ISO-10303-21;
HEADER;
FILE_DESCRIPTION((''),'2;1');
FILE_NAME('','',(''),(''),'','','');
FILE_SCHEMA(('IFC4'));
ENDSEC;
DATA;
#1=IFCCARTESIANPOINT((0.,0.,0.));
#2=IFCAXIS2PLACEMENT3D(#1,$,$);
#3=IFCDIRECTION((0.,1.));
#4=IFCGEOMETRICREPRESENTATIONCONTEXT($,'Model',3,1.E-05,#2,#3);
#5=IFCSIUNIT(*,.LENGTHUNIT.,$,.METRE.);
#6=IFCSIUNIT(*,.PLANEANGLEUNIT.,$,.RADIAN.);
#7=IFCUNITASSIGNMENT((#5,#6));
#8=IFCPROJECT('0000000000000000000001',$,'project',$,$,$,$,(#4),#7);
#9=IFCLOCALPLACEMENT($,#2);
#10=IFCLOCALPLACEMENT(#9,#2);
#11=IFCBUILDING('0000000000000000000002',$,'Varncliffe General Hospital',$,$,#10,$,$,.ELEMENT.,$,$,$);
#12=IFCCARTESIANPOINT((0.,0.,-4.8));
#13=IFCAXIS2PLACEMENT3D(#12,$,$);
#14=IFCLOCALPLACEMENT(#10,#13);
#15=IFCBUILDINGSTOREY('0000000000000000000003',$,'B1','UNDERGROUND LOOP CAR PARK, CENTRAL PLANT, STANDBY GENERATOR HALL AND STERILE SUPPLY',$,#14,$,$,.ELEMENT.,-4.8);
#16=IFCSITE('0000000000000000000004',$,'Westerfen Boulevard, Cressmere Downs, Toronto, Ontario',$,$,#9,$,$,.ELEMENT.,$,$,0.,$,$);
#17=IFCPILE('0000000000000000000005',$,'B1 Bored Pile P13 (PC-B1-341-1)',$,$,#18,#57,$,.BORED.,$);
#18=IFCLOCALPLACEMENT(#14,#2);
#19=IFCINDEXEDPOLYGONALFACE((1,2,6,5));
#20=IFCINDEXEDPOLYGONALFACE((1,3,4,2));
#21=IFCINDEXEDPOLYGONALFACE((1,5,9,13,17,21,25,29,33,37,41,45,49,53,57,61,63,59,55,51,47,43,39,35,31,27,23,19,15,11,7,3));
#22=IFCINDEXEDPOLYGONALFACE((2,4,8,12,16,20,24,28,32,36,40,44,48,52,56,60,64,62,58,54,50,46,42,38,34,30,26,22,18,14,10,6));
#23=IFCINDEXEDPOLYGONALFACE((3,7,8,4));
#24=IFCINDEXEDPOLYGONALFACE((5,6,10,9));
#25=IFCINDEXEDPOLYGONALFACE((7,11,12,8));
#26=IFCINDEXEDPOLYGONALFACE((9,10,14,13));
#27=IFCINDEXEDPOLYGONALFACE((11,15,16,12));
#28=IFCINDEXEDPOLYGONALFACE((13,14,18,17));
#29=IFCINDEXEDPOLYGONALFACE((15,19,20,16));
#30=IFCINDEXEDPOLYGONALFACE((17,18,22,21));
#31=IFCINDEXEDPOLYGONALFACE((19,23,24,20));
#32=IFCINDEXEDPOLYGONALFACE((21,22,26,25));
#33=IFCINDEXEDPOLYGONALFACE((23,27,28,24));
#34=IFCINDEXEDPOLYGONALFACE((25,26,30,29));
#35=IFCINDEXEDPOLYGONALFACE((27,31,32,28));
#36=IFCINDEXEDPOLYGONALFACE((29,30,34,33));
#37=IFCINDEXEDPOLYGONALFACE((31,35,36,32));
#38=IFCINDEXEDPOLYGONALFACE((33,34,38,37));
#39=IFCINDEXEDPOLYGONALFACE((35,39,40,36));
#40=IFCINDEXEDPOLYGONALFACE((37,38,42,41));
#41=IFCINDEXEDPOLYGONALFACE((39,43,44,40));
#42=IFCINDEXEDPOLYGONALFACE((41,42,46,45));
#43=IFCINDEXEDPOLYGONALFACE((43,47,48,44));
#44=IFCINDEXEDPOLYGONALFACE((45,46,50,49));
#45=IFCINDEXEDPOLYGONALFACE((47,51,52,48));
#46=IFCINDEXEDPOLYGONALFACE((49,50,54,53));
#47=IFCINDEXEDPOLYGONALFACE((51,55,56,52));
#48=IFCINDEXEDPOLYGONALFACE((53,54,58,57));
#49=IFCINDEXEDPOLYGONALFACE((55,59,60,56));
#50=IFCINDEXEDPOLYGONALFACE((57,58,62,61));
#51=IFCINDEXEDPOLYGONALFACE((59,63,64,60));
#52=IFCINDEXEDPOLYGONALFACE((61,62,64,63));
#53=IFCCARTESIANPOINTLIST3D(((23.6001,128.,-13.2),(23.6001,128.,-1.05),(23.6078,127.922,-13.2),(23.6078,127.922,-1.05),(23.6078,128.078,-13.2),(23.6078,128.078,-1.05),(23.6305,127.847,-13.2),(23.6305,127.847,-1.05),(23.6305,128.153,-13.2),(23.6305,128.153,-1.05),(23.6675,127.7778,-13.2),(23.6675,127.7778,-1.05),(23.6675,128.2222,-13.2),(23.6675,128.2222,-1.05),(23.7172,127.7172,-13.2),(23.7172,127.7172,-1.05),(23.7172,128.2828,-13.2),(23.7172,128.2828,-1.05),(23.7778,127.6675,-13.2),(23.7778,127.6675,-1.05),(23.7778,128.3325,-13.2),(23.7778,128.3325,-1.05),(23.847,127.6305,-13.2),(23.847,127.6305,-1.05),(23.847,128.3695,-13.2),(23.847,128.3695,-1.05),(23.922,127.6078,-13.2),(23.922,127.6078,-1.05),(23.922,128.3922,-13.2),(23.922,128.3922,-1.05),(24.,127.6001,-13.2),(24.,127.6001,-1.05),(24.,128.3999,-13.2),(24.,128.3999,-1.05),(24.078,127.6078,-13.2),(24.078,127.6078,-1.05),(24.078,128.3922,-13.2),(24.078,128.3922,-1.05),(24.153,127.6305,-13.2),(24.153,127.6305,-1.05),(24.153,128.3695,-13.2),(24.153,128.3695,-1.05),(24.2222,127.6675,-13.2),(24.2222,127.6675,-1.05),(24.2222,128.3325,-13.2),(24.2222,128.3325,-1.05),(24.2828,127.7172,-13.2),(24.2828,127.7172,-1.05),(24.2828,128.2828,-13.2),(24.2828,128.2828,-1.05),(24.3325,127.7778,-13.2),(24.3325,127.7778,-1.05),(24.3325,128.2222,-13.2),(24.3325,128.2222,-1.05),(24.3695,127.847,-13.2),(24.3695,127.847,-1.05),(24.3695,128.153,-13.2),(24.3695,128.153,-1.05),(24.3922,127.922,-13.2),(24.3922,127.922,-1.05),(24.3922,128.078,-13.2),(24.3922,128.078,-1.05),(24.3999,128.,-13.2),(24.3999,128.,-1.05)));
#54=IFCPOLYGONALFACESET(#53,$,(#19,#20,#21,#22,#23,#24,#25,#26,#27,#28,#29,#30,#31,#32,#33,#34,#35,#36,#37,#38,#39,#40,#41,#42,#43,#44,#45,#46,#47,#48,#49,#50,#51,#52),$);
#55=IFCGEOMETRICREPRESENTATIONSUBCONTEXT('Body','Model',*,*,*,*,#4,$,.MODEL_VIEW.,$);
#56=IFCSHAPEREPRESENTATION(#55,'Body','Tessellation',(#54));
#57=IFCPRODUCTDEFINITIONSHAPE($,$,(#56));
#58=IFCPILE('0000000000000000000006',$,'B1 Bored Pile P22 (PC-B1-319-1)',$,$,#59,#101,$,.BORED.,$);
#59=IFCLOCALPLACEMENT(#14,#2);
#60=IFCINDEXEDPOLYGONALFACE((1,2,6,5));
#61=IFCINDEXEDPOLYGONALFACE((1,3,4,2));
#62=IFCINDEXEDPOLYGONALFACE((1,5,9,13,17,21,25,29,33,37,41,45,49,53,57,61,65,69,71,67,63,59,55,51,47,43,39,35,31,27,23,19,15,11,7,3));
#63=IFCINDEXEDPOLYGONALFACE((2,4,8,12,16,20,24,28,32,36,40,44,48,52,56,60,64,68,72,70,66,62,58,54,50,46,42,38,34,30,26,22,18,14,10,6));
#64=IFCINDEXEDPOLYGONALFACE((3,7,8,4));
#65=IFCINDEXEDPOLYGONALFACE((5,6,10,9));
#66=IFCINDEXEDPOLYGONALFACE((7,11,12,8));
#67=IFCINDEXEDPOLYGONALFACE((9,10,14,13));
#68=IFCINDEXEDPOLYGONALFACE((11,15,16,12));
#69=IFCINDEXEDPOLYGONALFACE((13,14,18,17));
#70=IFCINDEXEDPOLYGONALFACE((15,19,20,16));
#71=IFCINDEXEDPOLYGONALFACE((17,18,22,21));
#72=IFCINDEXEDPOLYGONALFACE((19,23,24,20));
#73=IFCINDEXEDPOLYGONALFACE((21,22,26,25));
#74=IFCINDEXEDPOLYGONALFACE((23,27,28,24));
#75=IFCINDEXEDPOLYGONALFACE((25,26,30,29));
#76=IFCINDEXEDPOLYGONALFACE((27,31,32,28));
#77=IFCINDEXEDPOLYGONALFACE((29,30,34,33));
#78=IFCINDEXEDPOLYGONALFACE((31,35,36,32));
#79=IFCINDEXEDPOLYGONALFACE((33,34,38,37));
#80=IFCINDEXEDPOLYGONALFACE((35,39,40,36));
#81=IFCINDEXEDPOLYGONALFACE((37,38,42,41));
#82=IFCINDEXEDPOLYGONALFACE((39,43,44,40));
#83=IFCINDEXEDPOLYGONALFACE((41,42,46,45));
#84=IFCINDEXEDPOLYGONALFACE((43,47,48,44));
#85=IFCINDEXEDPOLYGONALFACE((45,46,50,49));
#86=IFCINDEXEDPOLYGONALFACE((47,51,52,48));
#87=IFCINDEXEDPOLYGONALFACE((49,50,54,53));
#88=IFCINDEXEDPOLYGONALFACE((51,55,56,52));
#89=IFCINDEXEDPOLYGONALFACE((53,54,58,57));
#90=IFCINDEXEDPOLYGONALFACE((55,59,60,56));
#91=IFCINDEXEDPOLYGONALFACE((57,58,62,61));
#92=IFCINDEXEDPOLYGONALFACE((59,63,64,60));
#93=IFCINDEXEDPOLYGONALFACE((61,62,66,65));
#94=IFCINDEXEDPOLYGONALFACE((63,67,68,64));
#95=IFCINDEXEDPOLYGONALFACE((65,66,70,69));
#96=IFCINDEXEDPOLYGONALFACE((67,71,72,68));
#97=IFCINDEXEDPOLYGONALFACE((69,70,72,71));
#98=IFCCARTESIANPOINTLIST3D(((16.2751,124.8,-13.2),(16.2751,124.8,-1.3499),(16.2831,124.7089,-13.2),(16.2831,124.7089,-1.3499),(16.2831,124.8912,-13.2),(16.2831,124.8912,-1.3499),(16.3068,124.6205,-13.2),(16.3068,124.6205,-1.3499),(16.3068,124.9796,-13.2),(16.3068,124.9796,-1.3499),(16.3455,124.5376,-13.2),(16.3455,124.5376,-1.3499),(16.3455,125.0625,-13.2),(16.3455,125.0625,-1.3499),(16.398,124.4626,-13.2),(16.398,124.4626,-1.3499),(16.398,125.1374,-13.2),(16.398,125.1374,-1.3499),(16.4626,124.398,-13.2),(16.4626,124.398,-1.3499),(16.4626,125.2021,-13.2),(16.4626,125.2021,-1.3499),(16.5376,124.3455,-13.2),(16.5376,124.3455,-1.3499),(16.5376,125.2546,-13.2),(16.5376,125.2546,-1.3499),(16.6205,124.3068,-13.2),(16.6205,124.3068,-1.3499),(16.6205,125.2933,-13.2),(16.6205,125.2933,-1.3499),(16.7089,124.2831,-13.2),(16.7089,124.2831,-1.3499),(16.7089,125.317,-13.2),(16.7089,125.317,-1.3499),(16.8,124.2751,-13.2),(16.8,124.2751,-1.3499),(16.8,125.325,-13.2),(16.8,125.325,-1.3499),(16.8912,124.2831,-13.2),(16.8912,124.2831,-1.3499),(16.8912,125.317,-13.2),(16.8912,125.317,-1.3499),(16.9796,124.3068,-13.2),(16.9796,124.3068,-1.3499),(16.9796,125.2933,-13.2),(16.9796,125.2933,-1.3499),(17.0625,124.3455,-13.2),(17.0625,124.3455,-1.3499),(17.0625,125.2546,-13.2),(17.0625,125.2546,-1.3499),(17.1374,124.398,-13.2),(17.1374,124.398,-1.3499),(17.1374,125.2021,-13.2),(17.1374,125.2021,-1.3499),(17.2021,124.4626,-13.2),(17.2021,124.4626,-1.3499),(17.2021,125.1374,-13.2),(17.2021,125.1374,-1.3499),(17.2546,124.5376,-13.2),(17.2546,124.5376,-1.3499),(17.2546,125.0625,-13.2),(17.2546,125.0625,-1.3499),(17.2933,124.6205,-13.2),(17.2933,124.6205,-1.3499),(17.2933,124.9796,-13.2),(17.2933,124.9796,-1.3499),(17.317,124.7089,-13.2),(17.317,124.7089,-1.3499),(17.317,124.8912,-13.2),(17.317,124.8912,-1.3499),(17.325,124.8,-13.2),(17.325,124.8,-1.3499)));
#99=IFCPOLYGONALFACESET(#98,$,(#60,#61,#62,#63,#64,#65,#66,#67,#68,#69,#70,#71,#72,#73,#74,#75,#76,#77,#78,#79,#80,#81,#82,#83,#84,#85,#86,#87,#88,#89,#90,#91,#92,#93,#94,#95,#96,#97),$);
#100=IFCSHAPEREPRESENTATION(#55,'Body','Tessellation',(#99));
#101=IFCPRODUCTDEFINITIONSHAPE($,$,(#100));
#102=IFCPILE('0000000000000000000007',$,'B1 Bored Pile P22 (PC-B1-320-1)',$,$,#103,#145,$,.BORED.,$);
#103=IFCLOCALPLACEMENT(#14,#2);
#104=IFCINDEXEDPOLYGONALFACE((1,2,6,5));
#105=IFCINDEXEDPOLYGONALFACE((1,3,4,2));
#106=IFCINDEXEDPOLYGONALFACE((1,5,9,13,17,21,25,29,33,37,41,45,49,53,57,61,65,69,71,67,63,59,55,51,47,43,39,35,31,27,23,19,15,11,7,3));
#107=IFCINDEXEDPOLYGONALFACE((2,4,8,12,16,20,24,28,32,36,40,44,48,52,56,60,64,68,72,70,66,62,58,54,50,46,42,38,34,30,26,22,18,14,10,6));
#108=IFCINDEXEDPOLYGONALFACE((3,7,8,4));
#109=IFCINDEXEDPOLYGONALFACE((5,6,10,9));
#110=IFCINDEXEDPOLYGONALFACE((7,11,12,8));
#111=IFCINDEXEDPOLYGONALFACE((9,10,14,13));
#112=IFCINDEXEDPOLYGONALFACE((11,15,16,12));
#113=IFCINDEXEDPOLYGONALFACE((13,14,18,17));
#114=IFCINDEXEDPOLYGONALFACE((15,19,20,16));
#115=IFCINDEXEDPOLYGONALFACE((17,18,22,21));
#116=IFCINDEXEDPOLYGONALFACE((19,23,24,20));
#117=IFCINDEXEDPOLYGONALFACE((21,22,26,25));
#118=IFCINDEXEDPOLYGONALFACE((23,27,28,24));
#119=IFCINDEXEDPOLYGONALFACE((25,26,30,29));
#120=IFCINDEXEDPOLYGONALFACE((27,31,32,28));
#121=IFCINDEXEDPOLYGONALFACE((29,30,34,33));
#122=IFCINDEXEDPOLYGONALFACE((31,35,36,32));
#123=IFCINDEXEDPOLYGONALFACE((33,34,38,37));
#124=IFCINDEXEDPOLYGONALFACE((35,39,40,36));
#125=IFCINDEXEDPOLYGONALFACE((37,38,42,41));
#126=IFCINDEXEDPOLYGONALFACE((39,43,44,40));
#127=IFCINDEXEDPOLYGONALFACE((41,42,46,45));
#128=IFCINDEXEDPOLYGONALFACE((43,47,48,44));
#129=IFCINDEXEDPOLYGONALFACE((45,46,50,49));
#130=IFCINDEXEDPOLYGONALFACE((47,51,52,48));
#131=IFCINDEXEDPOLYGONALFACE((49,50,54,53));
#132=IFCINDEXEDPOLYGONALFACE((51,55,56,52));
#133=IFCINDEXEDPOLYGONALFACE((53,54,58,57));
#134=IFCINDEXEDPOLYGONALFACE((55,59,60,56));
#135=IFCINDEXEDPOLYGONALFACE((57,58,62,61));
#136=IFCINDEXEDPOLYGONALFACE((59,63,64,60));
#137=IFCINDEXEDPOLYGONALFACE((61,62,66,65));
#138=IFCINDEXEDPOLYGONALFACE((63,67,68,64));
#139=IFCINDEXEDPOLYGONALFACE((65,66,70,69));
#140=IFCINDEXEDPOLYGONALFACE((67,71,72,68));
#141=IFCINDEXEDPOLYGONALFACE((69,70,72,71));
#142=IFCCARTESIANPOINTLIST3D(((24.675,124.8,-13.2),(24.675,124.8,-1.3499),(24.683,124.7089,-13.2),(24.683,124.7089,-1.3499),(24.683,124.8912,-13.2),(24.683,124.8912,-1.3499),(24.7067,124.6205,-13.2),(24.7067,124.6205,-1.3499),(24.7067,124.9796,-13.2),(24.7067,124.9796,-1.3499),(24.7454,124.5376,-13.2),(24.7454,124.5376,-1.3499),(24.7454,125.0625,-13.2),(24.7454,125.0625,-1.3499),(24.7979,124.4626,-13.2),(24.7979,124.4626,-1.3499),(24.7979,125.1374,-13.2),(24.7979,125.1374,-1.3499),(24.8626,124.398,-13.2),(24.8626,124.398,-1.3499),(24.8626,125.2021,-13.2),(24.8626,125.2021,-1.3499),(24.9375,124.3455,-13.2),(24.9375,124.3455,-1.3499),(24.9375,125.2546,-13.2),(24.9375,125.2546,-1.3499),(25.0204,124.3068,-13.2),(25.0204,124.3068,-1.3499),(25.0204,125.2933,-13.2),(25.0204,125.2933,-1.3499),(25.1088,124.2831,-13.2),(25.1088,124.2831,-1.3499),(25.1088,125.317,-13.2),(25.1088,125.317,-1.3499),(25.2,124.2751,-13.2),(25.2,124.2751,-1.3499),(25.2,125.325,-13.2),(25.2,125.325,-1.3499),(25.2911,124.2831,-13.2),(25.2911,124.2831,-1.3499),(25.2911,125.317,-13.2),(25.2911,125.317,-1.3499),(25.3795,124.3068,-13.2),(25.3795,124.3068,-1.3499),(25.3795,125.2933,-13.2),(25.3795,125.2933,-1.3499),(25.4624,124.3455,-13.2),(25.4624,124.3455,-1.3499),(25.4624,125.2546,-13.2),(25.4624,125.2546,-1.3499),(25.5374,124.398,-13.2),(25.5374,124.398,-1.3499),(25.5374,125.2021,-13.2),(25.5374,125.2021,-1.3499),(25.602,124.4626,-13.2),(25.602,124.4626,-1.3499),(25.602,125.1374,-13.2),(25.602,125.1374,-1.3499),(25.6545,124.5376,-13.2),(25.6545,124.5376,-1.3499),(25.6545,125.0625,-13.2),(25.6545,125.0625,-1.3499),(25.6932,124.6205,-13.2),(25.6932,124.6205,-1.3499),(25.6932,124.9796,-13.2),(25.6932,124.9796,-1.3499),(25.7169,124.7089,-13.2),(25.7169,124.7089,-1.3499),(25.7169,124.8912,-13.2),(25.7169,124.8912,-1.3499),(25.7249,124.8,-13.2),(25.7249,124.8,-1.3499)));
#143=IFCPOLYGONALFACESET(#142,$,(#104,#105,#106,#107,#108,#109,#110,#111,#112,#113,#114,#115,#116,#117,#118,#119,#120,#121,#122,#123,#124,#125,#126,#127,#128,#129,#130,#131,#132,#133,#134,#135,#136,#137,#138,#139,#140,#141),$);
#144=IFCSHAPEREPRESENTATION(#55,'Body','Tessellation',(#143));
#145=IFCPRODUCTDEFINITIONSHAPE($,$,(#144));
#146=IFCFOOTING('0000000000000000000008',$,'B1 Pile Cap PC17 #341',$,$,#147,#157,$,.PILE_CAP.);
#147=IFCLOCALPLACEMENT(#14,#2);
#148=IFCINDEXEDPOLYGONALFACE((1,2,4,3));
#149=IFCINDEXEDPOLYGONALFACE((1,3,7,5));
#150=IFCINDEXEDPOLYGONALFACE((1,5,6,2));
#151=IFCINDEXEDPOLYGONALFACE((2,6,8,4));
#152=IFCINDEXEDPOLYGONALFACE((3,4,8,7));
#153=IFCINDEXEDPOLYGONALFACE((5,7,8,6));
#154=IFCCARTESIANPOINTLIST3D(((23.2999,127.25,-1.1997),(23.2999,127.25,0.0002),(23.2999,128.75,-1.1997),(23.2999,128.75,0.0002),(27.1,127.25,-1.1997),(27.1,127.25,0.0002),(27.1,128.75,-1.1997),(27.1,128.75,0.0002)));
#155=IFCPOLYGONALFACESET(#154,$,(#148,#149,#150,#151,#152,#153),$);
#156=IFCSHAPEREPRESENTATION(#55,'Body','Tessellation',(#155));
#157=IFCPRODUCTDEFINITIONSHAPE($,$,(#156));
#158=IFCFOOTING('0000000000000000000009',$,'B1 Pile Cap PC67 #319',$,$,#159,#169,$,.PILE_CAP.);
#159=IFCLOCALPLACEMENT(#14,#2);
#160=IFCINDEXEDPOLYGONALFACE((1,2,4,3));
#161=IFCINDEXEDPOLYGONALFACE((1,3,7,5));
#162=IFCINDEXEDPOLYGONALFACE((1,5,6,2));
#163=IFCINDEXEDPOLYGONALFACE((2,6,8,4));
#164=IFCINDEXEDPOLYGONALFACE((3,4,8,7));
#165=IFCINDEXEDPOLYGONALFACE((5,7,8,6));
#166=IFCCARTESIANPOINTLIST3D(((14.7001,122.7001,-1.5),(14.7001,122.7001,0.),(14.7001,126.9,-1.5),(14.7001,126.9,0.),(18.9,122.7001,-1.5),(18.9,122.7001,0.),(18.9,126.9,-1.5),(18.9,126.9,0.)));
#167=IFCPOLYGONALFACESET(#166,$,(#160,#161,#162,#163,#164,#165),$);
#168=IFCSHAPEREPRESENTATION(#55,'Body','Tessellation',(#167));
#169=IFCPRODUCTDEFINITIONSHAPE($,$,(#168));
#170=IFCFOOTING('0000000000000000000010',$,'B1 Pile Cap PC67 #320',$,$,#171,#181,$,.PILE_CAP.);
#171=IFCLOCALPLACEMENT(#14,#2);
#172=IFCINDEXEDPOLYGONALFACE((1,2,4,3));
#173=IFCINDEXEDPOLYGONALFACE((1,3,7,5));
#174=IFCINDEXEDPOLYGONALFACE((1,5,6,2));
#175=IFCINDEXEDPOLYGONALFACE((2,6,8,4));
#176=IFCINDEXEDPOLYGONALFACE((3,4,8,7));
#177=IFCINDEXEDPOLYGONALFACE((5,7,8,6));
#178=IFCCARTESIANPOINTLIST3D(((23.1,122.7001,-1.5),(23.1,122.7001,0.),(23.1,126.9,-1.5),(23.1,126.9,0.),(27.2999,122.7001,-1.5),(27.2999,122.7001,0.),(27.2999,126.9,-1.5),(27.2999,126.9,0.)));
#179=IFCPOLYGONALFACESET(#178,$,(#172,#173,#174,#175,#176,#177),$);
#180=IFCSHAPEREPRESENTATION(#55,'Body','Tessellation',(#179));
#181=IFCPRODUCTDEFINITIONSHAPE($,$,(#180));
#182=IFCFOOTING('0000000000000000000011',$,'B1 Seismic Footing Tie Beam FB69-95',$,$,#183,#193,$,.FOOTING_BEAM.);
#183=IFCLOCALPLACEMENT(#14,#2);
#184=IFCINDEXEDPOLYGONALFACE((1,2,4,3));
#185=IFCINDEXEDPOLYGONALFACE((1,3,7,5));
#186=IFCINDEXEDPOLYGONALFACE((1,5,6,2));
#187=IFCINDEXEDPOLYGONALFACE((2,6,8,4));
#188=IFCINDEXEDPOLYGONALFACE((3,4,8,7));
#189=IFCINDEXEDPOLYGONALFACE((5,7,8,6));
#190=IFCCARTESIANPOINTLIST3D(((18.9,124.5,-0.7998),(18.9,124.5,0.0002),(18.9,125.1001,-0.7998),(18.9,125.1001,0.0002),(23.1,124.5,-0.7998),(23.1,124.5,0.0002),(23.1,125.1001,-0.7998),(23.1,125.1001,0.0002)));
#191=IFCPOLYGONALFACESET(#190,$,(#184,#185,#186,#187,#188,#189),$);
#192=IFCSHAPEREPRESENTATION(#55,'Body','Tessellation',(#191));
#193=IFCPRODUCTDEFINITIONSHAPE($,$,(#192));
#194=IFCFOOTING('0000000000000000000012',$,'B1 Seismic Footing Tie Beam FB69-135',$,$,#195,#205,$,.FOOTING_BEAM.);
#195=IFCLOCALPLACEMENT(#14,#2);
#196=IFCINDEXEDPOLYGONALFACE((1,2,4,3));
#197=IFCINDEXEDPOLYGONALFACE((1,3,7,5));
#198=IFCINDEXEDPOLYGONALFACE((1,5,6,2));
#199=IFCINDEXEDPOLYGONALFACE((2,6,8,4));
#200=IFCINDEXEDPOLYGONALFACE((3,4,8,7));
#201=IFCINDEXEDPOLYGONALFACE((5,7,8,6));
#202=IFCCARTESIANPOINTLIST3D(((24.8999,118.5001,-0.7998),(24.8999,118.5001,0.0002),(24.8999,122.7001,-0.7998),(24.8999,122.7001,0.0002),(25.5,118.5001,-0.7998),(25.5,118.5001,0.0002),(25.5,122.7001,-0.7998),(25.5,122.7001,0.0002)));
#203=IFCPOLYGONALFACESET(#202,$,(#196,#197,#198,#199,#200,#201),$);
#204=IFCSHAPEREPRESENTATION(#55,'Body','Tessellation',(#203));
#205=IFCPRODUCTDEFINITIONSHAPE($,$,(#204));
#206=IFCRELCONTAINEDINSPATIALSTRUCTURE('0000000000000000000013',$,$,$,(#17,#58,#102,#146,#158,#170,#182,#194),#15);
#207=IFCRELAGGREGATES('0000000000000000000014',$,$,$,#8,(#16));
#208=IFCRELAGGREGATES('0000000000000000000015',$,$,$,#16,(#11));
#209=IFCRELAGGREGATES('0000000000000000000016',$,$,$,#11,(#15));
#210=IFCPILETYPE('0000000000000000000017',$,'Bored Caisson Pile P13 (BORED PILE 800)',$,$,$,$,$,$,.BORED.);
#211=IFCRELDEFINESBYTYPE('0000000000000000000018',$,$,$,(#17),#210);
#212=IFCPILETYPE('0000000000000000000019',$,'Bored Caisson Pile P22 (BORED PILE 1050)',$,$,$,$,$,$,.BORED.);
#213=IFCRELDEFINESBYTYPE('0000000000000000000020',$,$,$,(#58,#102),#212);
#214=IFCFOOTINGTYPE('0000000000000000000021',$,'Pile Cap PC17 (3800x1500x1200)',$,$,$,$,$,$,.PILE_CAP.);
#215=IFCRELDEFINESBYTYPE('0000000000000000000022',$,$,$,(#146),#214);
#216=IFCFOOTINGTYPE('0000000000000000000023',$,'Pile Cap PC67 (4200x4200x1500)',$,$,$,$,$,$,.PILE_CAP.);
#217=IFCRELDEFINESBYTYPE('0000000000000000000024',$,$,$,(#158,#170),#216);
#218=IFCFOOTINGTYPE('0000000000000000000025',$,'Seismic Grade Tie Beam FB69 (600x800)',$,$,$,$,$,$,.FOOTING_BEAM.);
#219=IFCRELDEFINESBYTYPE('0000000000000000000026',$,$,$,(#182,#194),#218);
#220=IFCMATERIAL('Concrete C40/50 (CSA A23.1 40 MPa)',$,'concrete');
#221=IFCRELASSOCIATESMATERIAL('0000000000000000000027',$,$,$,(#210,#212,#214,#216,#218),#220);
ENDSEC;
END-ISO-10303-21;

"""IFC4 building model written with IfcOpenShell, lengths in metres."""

from ifc_helpers import new_model, si_unit, direction, frame, origin, origin_2d, place, context, subcontext, project, spatial, rectangle, circle, extrude, material, material_profile, profile_set, type_object, element, save


model = new_model("IFC4")

# Units and contexts
model_context = context("Model", 3, precision=1e-05, world=origin(), true_north=direction((0.0, 1.0)))
body_context = subcontext(model_context, "Body", "Model", "MODEL_VIEW")
ifc_project = project(units=[si_unit("LENGTHUNIT", "METRE"), si_unit("PLANEANGLEUNIT", "RADIAN")], contexts=[model_context])

# Site, building, storey
site_placement = place(None, origin())
site = spatial("IfcSite", under=ifc_project, at=site_placement, Name="Westerfen Boulevard, Cressmere Downs, Toronto, Ontario", CompositionType="ELEMENT", RefElevation=0.0)
building_placement = place(site_placement, origin())
building = spatial("IfcBuilding", under=site, at=building_placement, Name="Varncliffe General Hospital", CompositionType="ELEMENT")
storey_placement = place(building_placement, frame((0.0, 0.0, -4.8)))
storey = spatial("IfcBuildingStorey", under=building, at=storey_placement, Name="B1", Description="UNDERGROUND LOOP CAR PARK, CENTRAL PLANT, STANDBY GENERATOR HALL AND STERILE SUPPLY", CompositionType="ELEMENT", Elevation=-4.8)

# Piles
ifc_material_1 = material(Name="Concrete C40/50 (CSA A23.1 40 MPa)", Category="concrete")
ifc_material_profile_1 = material_profile(ifc_material_1, circle(Radius=0.3999, at=origin_2d()), Name="BORED PILE 800")
ifc_profile_set_1 = profile_set([ifc_material_profile_1], Name="Concrete C40/50 (CSA A23.1 40 MPa)")
pile_type_1 = type_object("IfcPileType", Name="Bored Caisson Pile P13 (BORED PILE 800)", PredefinedType="BORED", material=ifc_profile_set_1)
pile_placement = place(storey_placement, frame((24.0, 128.0, -1.05), z_axis=(0.0, 0.0, -1.0), x_axis=(1.0, 0.0, 0.0)))
element("IfcPile", 1, at=pile_placement, inside=storey, type_object=pile_type_1, Name="B1 Bored Pile P13 (PC-B1-341-1)", PredefinedType="BORED", context=body_context, shape_type="SweptSolid", body=[
    extrude(circle(Radius=0.3999, at=origin_2d()), origin(), (0.0, 0.0, 1.0), 12.1499),
])
ifc_material_profile_2 = material_profile(ifc_material_1, circle(Radius=0.5249, at=origin_2d()), Name="BORED PILE 1050")
ifc_profile_set_2 = profile_set([ifc_material_profile_2], Name="Concrete C40/50 (CSA A23.1 40 MPa)")
pile_type_2 = type_object("IfcPileType", Name="Bored Caisson Pile P22 (BORED PILE 1050)", PredefinedType="BORED", material=ifc_profile_set_2)
for number, where, z_axis, x_axis, name in (
    (2, (16.8, 124.8, -1.3499), (0.0, 0.0, -1.0), (1.0, 0.0, 0.0), "B1 Bored Pile P22 (PC-B1-319-1)"),
    (3, (25.2, 124.8, -1.3499), (0.0, 0.0, -1.0), (1.0, 0.0, 0.0), "B1 Bored Pile P22 (PC-B1-320-1)"),
):
    element("IfcPile", number, at=place(storey_placement, frame(where, z_axis=z_axis, x_axis=x_axis)), inside=storey, type_object=pile_type_2, Name=name, PredefinedType="BORED", context=body_context, shape_type="SweptSolid", body=[
        extrude(circle(Radius=0.5249, at=origin_2d()), origin(), (0.0, 0.0, 1.0), 11.8501),
    ])

# Footings
footing_type_1 = type_object("IfcFootingType", Name="Pile Cap PC17 (3800x1500x1200)", PredefinedType="PILE_CAP", material=ifc_material_1)
footing_1_placement = place(storey_placement, frame((25.2, 128.0, -1.1997), z_axis=(0.0, 0.0, 1.0), x_axis=(1.0, 0.0, 0.0)))
element("IfcFooting", 4, at=footing_1_placement, inside=storey, type_object=footing_type_1, Name="B1 Pile Cap PC17 #341", PredefinedType="PILE_CAP", context=body_context, shape_type="SweptSolid", body=[
    extrude(rectangle(XDim=3.8, YDim=1.5, at=origin_2d()), origin(), (0.0, 0.0, 1.0), 1.2),
])
footing_type_2 = type_object("IfcFootingType", Name="Pile Cap PC67 (4200x4200x1500)", PredefinedType="PILE_CAP", material=ifc_material_1)
for number, where, z_axis, x_axis, name in (
    (5, (16.8, 124.8, -1.5), (0.0, 0.0, 1.0), (1.0, 0.0, 0.0), "B1 Pile Cap PC67 #319"),
    (6, (25.2, 124.8, -1.5), (0.0, 0.0, 1.0), (1.0, 0.0, 0.0), "B1 Pile Cap PC67 #320"),
):
    element("IfcFooting", number, at=place(storey_placement, frame(where, z_axis=z_axis, x_axis=x_axis)), inside=storey, type_object=footing_type_2, Name=name, PredefinedType="PILE_CAP", context=body_context, shape_type="SweptSolid", body=[
        extrude(rectangle(XDim=4.2, YDim=4.2, at=origin_2d()), origin(), (0.0, 0.0, 1.0), 1.5),
    ])
footing_type_3 = type_object("IfcFootingType", Name="Seismic Grade Tie Beam FB69 (600x800)", PredefinedType="FOOTING_BEAM", material=ifc_material_1)
footing_2_placement = place(storey_placement, frame((21.0, 124.8, -0.7998), z_axis=(0.0, 0.0, 1.0), x_axis=(1.0, 0.0, 0.0)))
element("IfcFooting", 7, at=footing_2_placement, inside=storey, type_object=footing_type_3, Name="B1 Seismic Footing Tie Beam FB69-95", PredefinedType="FOOTING_BEAM", context=body_context, shape_type="SweptSolid", body=[
    extrude(rectangle(XDim=4.2, YDim=0.6001, at=origin_2d()), origin(), (0.0, 0.0, 1.0), 0.8),
])
footing_3_placement = place(storey_placement, frame((25.2, 120.6001, -0.7998), z_axis=(0.0, 0.0, 1.0), x_axis=(1.0, 0.0, 0.0)))
element("IfcFooting", 8, at=footing_3_placement, inside=storey, type_object=footing_type_3, Name="B1 Seismic Footing Tie Beam FB69-135", PredefinedType="FOOTING_BEAM", context=body_context, shape_type="SweptSolid", body=[
    extrude(rectangle(XDim=0.6001, YDim=4.2, at=origin_2d()), origin(), (0.0, 0.0, 1.0), 0.8),
])

save(model, "model.ifc")
